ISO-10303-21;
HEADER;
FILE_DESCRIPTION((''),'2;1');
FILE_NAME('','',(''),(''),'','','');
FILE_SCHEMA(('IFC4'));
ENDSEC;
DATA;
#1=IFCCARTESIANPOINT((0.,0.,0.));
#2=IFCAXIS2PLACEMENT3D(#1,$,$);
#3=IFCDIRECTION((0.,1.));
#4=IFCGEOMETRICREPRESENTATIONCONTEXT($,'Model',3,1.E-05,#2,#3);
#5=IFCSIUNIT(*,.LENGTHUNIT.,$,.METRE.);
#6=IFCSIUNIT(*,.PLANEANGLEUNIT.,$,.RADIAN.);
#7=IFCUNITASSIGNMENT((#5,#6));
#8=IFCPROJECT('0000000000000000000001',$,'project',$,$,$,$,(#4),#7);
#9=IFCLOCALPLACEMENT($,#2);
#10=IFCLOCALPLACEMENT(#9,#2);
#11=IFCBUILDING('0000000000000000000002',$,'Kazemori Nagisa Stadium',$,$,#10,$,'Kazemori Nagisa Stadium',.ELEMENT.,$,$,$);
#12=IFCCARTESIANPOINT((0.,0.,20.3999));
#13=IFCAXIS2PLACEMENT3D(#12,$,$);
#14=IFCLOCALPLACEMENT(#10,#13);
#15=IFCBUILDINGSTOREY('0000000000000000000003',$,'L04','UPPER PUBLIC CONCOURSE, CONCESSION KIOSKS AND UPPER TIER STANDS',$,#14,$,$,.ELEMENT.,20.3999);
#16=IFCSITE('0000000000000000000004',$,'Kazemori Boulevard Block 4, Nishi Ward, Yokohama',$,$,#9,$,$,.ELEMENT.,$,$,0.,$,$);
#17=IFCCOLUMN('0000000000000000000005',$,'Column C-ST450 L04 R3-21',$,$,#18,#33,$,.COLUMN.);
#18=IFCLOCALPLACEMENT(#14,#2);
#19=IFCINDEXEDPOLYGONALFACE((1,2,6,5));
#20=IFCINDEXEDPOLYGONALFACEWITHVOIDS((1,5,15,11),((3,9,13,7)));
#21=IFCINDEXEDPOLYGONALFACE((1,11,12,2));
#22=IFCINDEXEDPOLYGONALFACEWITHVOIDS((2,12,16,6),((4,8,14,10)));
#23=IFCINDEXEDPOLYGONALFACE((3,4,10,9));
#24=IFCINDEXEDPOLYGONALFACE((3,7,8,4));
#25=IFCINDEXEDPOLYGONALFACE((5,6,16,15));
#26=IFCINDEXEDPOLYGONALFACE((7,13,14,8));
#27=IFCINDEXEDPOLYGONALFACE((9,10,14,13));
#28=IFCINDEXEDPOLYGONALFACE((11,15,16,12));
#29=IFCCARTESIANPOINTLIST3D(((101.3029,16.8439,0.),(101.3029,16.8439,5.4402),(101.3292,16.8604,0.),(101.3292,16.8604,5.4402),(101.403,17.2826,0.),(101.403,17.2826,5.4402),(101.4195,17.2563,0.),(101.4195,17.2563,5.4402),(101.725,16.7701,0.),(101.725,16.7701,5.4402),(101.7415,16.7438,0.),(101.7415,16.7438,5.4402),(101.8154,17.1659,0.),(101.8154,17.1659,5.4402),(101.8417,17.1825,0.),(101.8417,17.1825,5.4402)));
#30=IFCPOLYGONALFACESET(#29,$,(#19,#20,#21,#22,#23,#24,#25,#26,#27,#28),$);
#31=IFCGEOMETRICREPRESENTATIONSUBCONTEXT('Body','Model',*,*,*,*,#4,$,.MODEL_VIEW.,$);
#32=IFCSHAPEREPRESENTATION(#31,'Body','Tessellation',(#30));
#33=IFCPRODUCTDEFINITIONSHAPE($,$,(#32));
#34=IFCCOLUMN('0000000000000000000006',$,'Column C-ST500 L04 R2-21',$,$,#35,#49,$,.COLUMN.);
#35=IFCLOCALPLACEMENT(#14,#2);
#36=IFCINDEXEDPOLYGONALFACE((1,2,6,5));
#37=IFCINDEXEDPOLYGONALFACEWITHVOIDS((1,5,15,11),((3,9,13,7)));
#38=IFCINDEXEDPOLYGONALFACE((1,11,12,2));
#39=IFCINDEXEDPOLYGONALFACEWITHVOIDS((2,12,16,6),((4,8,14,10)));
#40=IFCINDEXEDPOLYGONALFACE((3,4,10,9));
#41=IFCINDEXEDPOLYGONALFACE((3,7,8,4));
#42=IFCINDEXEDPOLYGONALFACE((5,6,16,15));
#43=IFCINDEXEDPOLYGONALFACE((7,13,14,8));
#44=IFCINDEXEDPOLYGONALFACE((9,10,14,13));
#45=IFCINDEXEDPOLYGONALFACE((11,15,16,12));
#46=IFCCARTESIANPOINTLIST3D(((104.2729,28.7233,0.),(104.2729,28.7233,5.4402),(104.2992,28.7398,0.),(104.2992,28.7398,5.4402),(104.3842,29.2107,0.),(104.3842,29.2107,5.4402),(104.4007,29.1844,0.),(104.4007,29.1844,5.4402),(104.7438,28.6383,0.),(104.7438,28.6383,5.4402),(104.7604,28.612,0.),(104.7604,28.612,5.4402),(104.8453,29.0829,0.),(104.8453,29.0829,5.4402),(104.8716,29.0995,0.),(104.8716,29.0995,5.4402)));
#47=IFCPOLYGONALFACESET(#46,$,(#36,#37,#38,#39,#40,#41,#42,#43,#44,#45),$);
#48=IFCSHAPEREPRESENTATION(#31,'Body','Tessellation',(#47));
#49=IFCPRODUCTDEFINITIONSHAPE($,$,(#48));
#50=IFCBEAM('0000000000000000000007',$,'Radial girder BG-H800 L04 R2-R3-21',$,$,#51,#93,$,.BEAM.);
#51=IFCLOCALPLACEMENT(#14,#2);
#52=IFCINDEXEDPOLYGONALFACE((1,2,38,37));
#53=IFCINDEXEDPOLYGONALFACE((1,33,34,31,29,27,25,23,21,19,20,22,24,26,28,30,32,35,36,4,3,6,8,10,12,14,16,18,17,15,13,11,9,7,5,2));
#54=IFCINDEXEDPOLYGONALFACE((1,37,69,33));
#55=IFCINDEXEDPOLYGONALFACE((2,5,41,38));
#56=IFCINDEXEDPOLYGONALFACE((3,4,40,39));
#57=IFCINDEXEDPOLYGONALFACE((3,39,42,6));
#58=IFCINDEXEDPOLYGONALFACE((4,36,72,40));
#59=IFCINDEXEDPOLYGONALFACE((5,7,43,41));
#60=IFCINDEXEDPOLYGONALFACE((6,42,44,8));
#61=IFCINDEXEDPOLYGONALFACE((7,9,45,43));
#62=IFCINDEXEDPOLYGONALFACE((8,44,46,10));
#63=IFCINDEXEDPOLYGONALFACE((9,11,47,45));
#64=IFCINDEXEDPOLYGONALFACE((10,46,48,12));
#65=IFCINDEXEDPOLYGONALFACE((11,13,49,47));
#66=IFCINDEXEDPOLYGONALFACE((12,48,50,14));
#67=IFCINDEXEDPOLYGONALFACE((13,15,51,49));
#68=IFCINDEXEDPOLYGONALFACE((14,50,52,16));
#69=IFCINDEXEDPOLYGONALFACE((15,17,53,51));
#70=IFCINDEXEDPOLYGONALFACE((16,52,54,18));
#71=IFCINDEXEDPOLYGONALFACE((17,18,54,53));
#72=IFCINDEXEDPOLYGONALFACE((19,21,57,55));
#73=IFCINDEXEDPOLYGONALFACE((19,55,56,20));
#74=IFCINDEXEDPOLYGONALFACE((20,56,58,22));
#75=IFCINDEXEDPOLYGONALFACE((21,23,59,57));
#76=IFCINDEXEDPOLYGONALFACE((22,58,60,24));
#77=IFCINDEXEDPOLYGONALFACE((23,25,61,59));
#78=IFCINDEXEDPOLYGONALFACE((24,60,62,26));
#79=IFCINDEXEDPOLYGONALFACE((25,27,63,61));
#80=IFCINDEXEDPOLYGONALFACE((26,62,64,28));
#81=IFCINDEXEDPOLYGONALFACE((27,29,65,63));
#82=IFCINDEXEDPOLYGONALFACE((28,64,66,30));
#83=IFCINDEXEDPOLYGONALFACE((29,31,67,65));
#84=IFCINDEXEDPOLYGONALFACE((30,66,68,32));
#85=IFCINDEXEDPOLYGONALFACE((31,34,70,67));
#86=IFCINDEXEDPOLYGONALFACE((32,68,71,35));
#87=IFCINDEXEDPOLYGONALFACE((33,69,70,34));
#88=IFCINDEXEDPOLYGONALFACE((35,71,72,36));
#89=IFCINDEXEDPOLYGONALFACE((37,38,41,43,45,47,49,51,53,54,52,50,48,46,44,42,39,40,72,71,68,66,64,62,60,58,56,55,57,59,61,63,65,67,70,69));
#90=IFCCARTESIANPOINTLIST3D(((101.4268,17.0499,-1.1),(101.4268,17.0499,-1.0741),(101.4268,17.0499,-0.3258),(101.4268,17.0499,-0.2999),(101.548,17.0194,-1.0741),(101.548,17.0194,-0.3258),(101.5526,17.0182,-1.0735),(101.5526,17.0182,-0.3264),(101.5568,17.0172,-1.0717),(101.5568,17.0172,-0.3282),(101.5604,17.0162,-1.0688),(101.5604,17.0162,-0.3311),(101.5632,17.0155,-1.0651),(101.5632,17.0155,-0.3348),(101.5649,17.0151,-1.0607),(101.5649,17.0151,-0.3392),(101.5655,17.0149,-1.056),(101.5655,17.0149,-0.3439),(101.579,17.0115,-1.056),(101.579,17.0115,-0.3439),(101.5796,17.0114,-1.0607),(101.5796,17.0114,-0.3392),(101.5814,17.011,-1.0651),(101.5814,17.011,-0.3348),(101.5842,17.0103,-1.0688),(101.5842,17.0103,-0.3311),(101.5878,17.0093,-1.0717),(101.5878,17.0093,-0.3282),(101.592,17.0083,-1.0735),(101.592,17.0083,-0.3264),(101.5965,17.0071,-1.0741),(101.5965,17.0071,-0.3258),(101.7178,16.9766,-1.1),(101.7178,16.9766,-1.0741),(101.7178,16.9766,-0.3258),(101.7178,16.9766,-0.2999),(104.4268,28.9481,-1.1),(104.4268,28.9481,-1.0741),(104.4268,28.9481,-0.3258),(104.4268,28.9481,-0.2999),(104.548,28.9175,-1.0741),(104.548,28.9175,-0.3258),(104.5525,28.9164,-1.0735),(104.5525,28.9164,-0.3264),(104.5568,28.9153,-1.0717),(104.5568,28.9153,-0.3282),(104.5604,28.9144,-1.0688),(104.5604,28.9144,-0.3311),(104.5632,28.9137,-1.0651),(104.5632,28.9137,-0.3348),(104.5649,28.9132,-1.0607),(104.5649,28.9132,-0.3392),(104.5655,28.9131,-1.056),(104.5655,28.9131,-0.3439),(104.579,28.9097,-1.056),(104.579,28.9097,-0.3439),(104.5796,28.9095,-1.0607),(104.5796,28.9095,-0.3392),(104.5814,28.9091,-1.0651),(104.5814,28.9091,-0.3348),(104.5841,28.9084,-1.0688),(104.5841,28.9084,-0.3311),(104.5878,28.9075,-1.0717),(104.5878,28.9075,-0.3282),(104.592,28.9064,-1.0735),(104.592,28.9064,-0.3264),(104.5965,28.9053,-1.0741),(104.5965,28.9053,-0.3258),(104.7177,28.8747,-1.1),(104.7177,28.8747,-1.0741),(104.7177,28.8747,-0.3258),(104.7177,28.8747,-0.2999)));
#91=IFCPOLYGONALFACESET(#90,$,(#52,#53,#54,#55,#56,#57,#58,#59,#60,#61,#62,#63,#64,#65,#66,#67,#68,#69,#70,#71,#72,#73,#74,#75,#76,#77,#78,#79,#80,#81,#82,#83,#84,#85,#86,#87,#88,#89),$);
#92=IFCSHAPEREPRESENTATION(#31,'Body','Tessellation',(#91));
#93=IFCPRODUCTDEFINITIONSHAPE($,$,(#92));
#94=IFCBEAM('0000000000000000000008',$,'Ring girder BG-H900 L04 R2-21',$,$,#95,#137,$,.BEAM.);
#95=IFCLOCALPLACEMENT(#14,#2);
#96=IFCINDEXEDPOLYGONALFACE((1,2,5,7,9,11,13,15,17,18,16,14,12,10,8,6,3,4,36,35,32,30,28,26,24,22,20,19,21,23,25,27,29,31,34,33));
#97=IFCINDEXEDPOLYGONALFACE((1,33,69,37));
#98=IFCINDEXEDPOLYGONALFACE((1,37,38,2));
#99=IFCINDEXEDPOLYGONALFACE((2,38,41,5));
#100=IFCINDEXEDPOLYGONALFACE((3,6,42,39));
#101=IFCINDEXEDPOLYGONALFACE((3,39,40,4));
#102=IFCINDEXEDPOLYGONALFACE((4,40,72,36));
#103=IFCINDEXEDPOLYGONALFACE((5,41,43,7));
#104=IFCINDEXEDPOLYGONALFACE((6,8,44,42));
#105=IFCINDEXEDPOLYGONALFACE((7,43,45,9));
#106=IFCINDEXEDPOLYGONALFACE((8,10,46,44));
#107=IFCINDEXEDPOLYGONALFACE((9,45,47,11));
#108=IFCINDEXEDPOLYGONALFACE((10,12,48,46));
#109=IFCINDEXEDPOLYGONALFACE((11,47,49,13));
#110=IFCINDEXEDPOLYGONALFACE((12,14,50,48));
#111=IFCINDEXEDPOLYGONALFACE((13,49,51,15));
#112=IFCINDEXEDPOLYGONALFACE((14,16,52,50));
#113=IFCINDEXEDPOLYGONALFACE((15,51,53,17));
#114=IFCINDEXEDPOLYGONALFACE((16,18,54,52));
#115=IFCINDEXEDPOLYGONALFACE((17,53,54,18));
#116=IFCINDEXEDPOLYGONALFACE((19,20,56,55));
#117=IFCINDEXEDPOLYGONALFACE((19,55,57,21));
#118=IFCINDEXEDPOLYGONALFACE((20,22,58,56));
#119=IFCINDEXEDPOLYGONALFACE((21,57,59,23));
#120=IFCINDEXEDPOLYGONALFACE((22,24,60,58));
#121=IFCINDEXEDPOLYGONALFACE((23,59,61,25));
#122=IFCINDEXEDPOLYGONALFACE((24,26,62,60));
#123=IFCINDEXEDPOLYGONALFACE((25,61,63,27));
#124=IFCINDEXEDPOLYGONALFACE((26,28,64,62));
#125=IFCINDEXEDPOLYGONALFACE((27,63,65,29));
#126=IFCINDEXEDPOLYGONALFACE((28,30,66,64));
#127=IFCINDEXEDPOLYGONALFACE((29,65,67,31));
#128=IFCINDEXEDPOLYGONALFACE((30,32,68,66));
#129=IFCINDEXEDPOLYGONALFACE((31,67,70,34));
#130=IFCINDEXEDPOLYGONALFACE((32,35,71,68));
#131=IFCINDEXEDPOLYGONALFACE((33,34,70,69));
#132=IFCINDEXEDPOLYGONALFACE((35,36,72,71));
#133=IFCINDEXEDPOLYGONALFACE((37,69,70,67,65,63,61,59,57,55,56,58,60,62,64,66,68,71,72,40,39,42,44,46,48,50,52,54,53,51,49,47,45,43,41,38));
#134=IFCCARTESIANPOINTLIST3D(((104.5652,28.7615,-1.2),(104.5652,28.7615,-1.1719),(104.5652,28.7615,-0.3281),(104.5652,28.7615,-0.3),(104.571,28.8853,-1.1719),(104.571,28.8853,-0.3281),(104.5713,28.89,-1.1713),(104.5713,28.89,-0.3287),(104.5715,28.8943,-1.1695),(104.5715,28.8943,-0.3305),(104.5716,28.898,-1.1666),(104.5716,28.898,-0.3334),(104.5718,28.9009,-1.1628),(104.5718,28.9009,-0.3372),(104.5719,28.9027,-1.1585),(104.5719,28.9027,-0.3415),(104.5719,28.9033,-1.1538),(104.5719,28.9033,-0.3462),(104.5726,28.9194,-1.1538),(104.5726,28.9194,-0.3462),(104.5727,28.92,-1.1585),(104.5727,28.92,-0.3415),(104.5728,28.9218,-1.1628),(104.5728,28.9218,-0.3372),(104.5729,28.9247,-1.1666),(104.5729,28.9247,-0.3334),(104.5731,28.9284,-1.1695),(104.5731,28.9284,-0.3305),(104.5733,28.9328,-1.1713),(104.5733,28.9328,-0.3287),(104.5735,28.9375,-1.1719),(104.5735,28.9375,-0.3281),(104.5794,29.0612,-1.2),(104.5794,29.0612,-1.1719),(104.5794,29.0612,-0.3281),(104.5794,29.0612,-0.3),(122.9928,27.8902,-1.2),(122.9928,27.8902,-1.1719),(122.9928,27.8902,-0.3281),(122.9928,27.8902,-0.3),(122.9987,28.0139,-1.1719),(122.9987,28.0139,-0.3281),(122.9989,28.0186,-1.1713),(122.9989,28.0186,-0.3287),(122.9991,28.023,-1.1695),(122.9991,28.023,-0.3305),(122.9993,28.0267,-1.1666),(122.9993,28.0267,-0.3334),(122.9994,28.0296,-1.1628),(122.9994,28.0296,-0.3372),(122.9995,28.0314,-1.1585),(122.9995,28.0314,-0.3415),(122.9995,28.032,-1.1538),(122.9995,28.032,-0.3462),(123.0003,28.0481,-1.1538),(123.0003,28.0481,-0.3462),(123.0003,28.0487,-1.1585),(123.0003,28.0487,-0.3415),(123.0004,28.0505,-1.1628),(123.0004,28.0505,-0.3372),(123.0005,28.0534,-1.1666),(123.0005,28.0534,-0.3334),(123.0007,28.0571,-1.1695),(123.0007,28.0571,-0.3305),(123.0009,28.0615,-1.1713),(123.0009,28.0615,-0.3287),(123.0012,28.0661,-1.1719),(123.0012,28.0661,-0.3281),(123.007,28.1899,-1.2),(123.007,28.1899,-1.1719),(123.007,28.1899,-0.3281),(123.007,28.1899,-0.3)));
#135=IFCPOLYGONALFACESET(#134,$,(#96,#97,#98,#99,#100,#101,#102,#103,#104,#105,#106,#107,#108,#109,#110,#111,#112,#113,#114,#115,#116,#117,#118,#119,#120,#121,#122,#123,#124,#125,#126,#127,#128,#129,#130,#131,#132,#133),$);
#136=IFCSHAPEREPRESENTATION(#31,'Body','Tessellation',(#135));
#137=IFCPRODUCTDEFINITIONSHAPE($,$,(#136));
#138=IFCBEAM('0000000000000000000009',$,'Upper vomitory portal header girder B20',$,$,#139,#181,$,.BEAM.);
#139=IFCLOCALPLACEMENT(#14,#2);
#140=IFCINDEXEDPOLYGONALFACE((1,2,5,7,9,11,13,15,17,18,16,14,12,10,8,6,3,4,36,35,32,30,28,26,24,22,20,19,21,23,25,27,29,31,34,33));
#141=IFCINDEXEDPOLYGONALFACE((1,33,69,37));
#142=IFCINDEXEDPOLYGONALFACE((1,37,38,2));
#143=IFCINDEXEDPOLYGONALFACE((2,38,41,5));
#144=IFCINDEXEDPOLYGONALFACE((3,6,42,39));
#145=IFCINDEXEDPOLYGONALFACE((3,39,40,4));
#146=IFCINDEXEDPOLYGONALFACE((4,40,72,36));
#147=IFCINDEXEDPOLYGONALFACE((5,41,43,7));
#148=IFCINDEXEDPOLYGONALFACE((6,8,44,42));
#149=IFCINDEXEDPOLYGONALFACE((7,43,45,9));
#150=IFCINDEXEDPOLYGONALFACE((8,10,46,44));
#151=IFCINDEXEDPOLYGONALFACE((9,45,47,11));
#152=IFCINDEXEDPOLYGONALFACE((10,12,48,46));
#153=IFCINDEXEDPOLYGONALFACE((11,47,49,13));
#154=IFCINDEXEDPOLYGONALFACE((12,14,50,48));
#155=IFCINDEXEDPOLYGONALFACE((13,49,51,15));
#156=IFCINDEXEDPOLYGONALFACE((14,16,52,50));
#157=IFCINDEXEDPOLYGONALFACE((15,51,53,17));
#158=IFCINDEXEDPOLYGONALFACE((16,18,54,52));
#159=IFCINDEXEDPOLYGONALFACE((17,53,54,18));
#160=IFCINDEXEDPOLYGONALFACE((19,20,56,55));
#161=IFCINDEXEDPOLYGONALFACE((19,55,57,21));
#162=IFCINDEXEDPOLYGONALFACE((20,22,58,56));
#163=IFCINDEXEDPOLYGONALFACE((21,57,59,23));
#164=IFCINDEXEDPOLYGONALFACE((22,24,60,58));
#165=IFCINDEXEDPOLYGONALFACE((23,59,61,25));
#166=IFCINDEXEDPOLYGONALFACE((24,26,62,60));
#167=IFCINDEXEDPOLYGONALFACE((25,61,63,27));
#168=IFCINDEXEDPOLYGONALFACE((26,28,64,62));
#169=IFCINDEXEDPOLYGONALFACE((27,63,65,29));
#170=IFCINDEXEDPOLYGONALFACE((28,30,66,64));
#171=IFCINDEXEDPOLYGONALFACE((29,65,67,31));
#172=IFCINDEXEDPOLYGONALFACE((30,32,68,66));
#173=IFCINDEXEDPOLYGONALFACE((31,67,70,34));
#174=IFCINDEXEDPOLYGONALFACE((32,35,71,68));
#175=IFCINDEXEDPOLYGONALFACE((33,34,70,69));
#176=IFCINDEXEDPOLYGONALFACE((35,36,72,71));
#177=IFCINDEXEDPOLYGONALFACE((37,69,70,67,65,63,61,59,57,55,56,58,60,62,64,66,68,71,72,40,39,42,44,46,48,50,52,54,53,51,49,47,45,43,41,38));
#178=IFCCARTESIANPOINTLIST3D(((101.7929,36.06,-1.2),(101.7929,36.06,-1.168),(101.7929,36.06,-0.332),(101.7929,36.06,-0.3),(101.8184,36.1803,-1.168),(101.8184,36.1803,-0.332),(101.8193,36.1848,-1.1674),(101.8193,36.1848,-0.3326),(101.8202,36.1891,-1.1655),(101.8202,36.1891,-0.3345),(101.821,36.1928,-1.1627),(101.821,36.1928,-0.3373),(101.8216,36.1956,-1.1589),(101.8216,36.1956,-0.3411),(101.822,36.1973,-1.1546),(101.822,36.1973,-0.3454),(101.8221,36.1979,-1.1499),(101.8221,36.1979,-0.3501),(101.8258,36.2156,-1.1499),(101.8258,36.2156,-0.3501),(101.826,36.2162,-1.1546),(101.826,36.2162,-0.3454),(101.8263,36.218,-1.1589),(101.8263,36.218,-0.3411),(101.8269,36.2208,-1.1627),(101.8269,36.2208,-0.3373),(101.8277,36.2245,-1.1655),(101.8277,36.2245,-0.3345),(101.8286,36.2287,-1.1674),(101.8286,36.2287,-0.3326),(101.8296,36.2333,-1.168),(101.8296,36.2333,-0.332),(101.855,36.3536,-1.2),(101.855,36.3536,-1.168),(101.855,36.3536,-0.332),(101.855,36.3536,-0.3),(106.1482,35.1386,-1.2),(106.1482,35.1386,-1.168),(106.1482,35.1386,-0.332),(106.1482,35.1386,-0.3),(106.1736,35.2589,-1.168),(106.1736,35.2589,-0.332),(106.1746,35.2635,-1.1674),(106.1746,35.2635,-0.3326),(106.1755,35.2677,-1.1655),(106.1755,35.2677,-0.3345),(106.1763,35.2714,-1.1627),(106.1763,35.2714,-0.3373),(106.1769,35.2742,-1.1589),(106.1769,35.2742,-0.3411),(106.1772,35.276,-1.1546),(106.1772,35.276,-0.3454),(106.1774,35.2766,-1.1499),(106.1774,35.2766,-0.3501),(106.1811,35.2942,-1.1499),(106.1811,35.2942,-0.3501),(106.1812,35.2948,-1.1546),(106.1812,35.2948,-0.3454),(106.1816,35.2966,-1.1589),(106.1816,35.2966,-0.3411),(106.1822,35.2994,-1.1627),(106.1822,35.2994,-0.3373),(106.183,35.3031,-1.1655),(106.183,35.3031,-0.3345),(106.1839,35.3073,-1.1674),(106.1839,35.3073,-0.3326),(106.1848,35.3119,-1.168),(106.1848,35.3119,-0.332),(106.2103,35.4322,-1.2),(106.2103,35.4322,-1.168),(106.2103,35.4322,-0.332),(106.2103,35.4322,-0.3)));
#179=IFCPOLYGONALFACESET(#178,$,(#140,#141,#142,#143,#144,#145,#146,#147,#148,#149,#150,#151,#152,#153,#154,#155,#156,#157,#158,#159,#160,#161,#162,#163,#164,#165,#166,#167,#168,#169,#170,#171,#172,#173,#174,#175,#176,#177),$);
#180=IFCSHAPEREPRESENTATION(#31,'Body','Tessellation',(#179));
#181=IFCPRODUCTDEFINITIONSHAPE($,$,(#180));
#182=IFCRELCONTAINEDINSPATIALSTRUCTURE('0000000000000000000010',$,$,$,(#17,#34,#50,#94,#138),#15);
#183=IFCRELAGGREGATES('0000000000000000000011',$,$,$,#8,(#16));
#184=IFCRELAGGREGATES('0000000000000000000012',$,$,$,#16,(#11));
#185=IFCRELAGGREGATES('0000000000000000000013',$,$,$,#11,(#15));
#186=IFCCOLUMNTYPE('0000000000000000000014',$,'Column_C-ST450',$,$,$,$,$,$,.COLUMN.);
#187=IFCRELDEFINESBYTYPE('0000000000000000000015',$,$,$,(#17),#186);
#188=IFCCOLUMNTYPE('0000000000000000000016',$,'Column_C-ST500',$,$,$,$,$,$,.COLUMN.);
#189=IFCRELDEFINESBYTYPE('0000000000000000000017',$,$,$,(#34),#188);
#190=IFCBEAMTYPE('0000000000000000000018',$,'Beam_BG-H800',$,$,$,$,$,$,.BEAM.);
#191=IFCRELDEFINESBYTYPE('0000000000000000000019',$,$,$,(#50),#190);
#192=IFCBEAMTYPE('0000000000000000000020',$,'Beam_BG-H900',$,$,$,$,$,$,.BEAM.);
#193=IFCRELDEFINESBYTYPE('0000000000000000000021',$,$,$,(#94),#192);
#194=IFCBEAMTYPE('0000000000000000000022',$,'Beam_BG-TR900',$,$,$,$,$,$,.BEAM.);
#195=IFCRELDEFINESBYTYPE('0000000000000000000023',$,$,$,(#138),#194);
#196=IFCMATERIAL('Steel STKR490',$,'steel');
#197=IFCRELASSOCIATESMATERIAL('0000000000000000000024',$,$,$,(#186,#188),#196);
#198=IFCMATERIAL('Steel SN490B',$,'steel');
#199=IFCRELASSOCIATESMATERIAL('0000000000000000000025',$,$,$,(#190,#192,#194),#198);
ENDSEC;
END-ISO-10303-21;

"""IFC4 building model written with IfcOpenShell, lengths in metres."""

from ifc_helpers import new_model, si_unit, direction, frame, origin, origin_2d, place, context, subcontext, project, spatial, hollow_rectangle, i_section, extrude, material, material_profile, profile_set, type_object, element, save


model = new_model("IFC4")

# Units and contexts
model_context = context("Model", 3, precision=1e-05, world=origin(), true_north=direction((0.0, 1.0)))
body_context = subcontext(model_context, "Body", "Model", "MODEL_VIEW")
ifc_project = project(units=[si_unit("LENGTHUNIT", "METRE"), si_unit("PLANEANGLEUNIT", "RADIAN")], contexts=[model_context])

# Site, building, storey
site_placement = place(None, origin())
site = spatial("IfcSite", under=ifc_project, at=site_placement, Name="Kazemori Boulevard Block 4, Nishi Ward, Yokohama", CompositionType="ELEMENT", RefElevation=0.0)
building_placement = place(site_placement, origin())
building = spatial("IfcBuilding", under=site, at=building_placement, Name="Kazemori Nagisa Stadium", LongName="Kazemori Nagisa Stadium", CompositionType="ELEMENT")
storey_placement = place(building_placement, frame((0.0, 0.0, 20.3999)))
storey = spatial("IfcBuildingStorey", under=building, at=storey_placement, Name="L04", Description="UPPER PUBLIC CONCOURSE, CONCESSION KIOSKS AND UPPER TIER STANDS", CompositionType="ELEMENT", Elevation=20.3999)

# Columns
ifc_material_1 = material(Name="Steel STKR490", Category="steel")
ifc_material_profile_1 = material_profile(ifc_material_1, hollow_rectangle(XDim=0.45, YDim=0.45, WallThickness=0.022, at=origin_2d()), Name="SHS-450x450x22")
ifc_profile_set_1 = profile_set([ifc_material_profile_1], Name="Steel STKR490")
column_type_1 = type_object("IfcColumnType", Name="Column_C-ST450", PredefinedType="COLUMN", material=ifc_profile_set_1)
column_1_placement = place(storey_placement, frame((101.5723, 17.0132, 0.0), z_axis=(0.0, 0.0, 1.0), x_axis=(-0.222521, -0.974928, 0.0)))
element("IfcColumn", 1, at=column_1_placement, inside=storey, type_object=column_type_1, Name="Column C-ST450 L04 R3-21", PredefinedType="COLUMN", context=body_context, shape_type="SweptSolid", body=[
    extrude(hollow_rectangle(XDim=0.45, YDim=0.45, WallThickness=0.022, at=origin_2d()), origin(), (0.0, 0.0, 1.0), 5.4402),
])
ifc_material_profile_2 = material_profile(ifc_material_1, hollow_rectangle(XDim=0.5, YDim=0.5, WallThickness=0.022, at=origin_2d()), Name="SHS-500x500x22")
ifc_profile_set_2 = profile_set([ifc_material_profile_2], Name="Steel STKR490")
column_type_2 = type_object("IfcColumnType", Name="Column_C-ST500", PredefinedType="COLUMN", material=ifc_profile_set_2)
column_2_placement = place(storey_placement, frame((104.5723, 28.9114, 0.0), z_axis=(0.0, 0.0, 1.0), x_axis=(-0.222521, -0.974928, 0.0)))
element("IfcColumn", 2, at=column_2_placement, inside=storey, type_object=column_type_2, Name="Column C-ST500 L04 R2-21", PredefinedType="COLUMN", context=body_context, shape_type="SweptSolid", body=[
    extrude(hollow_rectangle(XDim=0.5, YDim=0.5, WallThickness=0.022, at=origin_2d()), origin(), (0.0, 0.0, 1.0), 5.4402),
])

# Beams
ifc_material_2 = material(Name="Steel SN490B", Category="steel")
ifc_material_profile_3 = material_profile(ifc_material_2, i_section(OverallWidth=0.3, OverallDepth=0.8, WebThickness=0.0139, FlangeThickness=0.0259, FilletRadius=0.0181, at=origin_2d()), Name="H-800x300x14x26")
ifc_profile_set_3 = profile_set([ifc_material_profile_3], Name="Steel SN490B")
beam_type_1 = type_object("IfcBeamType", Name="Beam_BG-H800", PredefinedType="BEAM", material=ifc_profile_set_3)
beam_1_placement = place(storey_placement, frame((104.5723, 28.9114, -0.7), z_axis=(-0.244487, -0.969652, 0.0), x_axis=(0.969652, -0.244487, 0.0)))
element("IfcBeam", 3, at=beam_1_placement, inside=storey, type_object=beam_type_1, Name="Radial girder BG-H800 L04 R2-R3-21", PredefinedType="BEAM", context=body_context, shape_type="SweptSolid", body=[
    extrude(i_section(OverallWidth=0.3, OverallDepth=0.8, WebThickness=0.0139, FlangeThickness=0.0259, FilletRadius=0.0181, at=origin_2d()), origin(), (0.0, 0.0, 1.0), 12.2705),
])
ifc_material_profile_4 = material_profile(ifc_material_2, i_section(OverallWidth=0.3, OverallDepth=0.8999, WebThickness=0.0161, FlangeThickness=0.0281, FilletRadius=0.0181, at=origin_2d()), Name="H-900x300x16x28")
ifc_profile_set_4 = profile_set([ifc_material_profile_4], Name="Steel SN490B")
beam_type_2 = type_object("IfcBeamType", Name="Beam_BG-H900", PredefinedType="BEAM", material=ifc_profile_set_4)
beam_2_placement = place(storey_placement, frame((104.5723, 28.9114, -0.75), z_axis=(0.998884, -0.047231, 0.0), x_axis=(0.047231, 0.998884, 0.0)))
element("IfcBeam", 4, at=beam_2_placement, inside=storey, type_object=beam_type_2, Name="Ring girder BG-H900 L04 R2-21", PredefinedType="BEAM", context=body_context, shape_type="SweptSolid", body=[
    extrude(i_section(OverallWidth=0.3, OverallDepth=0.8999, WebThickness=0.0161, FlangeThickness=0.0281, FilletRadius=0.0181, at=origin_2d()), origin(), (0.0, 0.0, 1.0), 18.4482),
])
ifc_material_profile_5 = material_profile(ifc_material_2, i_section(OverallWidth=0.3, OverallDepth=0.8999, WebThickness=0.0181, FlangeThickness=0.032, FilletRadius=0.0181, at=origin_2d()), Name="H-900x300x18x32")
ifc_profile_set_5 = profile_set([ifc_material_profile_5], Name="Steel SN490B")
beam_type_3 = type_object("IfcBeamType", Name="Beam_BG-TR900", PredefinedType="BEAM", material=ifc_profile_set_5)
beam_3_placement = place(storey_placement, frame((101.824, 36.2068, -0.75), z_axis=(0.978346, -0.206978, 0.0), x_axis=(0.206978, 0.978346, 0.0)))
element("IfcBeam", 5, at=beam_3_placement, inside=storey, type_object=beam_type_3, Name="Upper vomitory portal header girder B20", PredefinedType="BEAM", context=body_context, shape_type="SweptSolid", body=[
    extrude(i_section(OverallWidth=0.3, OverallDepth=0.8999, WebThickness=0.0181, FlangeThickness=0.032, FilletRadius=0.0181, at=origin_2d()), origin(), (0.0, 0.0, 1.0), 4.4517),
])

save(model, "model.ifc")
